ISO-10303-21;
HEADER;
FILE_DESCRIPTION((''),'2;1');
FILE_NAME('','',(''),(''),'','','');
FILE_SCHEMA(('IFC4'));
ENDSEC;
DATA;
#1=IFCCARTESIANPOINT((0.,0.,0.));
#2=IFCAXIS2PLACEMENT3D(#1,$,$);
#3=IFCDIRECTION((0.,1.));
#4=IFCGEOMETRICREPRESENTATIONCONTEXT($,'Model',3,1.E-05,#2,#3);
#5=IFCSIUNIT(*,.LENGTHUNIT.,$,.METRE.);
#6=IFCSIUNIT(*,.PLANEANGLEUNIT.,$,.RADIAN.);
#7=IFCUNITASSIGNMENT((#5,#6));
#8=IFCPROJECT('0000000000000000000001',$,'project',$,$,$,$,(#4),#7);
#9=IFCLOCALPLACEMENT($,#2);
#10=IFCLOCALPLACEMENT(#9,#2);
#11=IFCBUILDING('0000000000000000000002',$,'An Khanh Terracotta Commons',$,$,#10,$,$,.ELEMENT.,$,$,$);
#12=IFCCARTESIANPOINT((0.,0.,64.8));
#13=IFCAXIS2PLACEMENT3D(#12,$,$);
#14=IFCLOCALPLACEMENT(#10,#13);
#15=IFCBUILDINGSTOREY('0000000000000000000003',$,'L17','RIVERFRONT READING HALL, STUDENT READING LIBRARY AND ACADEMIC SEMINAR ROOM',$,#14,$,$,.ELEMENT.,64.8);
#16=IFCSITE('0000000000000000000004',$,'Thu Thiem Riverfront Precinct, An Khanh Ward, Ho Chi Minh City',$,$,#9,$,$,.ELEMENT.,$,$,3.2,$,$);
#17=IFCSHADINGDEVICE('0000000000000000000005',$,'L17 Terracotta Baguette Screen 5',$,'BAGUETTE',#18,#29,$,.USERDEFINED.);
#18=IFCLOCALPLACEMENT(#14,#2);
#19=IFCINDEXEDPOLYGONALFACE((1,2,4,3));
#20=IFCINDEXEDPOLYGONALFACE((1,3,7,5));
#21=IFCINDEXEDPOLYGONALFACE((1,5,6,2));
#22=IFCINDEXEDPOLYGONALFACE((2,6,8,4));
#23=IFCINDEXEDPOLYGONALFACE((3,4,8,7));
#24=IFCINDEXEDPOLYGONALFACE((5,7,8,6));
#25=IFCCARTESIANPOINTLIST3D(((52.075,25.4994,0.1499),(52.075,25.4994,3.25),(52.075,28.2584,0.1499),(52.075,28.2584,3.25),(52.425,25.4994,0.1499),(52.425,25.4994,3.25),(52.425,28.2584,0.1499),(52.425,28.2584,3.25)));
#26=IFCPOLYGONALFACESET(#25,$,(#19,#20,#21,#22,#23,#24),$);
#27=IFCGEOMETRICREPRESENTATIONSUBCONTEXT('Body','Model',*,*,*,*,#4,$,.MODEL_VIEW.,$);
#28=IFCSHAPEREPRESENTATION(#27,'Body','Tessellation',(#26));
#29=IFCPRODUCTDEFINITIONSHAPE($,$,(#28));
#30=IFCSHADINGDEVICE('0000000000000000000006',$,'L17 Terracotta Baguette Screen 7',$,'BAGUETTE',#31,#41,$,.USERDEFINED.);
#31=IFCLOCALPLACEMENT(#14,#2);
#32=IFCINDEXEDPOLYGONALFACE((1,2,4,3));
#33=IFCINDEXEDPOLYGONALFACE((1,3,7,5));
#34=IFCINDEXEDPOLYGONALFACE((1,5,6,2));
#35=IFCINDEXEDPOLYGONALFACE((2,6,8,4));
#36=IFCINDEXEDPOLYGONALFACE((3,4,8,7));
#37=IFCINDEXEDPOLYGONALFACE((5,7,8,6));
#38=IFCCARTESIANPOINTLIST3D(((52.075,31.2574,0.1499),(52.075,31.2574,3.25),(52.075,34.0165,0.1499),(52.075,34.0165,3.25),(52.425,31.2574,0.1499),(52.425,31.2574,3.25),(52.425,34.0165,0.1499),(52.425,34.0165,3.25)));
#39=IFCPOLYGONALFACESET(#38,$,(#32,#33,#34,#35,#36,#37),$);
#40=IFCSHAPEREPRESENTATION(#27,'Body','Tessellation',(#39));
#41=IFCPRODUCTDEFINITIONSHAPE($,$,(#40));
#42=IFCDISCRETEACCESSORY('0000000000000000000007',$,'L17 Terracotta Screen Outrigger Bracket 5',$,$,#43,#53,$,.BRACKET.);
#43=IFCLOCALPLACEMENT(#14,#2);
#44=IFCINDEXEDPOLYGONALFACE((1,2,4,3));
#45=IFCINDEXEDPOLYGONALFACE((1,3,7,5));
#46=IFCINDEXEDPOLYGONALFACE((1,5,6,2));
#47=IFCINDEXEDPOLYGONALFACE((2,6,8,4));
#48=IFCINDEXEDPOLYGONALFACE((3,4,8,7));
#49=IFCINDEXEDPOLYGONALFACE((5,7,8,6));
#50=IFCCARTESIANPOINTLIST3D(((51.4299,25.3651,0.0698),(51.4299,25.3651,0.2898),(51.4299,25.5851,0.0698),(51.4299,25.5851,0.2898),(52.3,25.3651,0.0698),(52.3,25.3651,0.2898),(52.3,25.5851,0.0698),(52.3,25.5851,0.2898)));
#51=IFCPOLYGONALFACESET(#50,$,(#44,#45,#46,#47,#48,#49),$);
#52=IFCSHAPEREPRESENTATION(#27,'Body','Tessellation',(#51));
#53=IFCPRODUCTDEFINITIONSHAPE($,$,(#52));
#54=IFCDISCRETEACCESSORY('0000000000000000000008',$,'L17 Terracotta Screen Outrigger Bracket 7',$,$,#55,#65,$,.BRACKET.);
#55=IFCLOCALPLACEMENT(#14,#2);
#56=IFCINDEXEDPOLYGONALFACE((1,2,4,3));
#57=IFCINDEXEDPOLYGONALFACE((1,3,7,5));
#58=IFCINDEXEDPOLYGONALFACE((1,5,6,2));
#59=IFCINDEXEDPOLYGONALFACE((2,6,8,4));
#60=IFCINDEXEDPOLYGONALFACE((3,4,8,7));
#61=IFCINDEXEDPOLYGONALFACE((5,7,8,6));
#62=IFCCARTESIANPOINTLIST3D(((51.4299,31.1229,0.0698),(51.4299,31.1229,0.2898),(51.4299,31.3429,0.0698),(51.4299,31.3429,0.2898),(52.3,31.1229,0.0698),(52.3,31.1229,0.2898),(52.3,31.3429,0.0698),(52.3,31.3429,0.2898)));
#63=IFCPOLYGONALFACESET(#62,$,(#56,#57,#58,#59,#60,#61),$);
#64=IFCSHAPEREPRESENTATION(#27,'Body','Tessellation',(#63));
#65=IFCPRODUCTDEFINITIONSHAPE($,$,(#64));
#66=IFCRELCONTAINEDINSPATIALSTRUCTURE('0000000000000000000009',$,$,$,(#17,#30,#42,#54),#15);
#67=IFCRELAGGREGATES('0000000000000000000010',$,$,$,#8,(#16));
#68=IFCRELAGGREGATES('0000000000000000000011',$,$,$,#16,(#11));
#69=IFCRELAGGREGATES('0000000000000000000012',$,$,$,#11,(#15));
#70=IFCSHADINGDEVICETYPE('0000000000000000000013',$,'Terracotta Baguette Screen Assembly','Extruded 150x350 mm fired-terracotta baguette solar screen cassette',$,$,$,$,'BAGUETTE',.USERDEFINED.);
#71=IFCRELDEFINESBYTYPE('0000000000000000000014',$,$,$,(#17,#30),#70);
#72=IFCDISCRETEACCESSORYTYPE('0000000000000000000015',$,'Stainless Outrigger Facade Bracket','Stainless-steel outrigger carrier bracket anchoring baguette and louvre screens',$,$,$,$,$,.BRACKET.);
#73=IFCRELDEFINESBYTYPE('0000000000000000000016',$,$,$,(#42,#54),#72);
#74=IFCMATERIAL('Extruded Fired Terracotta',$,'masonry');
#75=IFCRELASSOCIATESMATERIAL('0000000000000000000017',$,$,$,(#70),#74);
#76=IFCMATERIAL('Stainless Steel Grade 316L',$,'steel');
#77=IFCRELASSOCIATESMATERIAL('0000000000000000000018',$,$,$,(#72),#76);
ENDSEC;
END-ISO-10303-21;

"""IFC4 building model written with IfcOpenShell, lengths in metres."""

from ifc_helpers import new_model, si_unit, direction, frame, origin, origin_2d, place, context, subcontext, project, spatial, rectangle, extrude, material, type_object, element, save


model = new_model("IFC4")

# Units and contexts
model_context = context("Model", 3, precision=1e-05, world=origin(), true_north=direction((0.0, 1.0)))
body_context = subcontext(model_context, "Body", "Model", "MODEL_VIEW")
ifc_project = project(units=[si_unit("LENGTHUNIT", "METRE"), si_unit("PLANEANGLEUNIT", "RADIAN")], contexts=[model_context])

# Site, building, storey
site_placement = place(None, origin())
site = spatial("IfcSite", under=ifc_project, at=site_placement, Name="Thu Thiem Riverfront Precinct, An Khanh Ward, Ho Chi Minh City", CompositionType="ELEMENT", RefElevation=3.2)
building_placement = place(site_placement, origin())
building = spatial("IfcBuilding", under=site, at=building_placement, Name="An Khanh Terracotta Commons", CompositionType="ELEMENT")
storey_placement = place(building_placement, frame((0.0, 0.0, 64.8)))
storey = spatial("IfcBuildingStorey", under=building, at=storey_placement, Name="L17", Description="RIVERFRONT READING HALL, STUDENT READING LIBRARY AND ACADEMIC SEMINAR ROOM", CompositionType="ELEMENT", Elevation=64.8)

# Shading devices
ifc_material_1 = material(Name="Extruded Fired Terracotta", Category="masonry")
shading_device_type = type_object("IfcShadingDeviceType", Name="Terracotta Baguette Screen Assembly", Description="Extruded 150x350 mm fired-terracotta baguette solar screen cassette", ElementType="BAGUETTE", PredefinedType="USERDEFINED", material=ifc_material_1)
for number, where, z_axis, x_axis, name in (
    (1, (52.25, 26.8789, 0.1499), (0.0, 0.0, 1.0), (0.0, 1.0, 0.0), "L17 Terracotta Baguette Screen 5"),
    (2, (52.25, 32.637, 0.1499), (0.0, 0.0, 1.0), (0.0, 1.0, 0.0), "L17 Terracotta Baguette Screen 7"),
):
    element("IfcShadingDevice", number, at=place(storey_placement, frame(where, z_axis=z_axis, x_axis=x_axis)), inside=storey, type_object=shading_device_type, Name=name, ObjectType="BAGUETTE", PredefinedType="USERDEFINED", context=body_context, shape_type="SweptSolid", body=[
        extrude(rectangle(XDim=2.759, YDim=0.3501, at=origin_2d()), origin(), (0.0, 0.0, 1.0), 3.1001),
    ])

# Discrete accessories
ifc_material_2 = material(Name="Stainless Steel Grade 316L", Category="steel")
discrete_accessory_type = type_object("IfcDiscreteAccessoryType", Name="Stainless Outrigger Facade Bracket", Description="Stainless-steel outrigger carrier bracket anchoring baguette and louvre screens", PredefinedType="BRACKET", material=ifc_material_2)
for number, where, z_axis, x_axis, name in (
    (3, (51.865, 25.4751, 0.0698), (0.0, 0.0, 1.0), (0.0, 1.0, 0.0), "L17 Terracotta Screen Outrigger Bracket 5"),
    (4, (51.865, 31.2329, 0.0698), (0.0, 0.0, 1.0), (0.0, 1.0, 0.0), "L17 Terracotta Screen Outrigger Bracket 7"),
):
    element("IfcDiscreteAccessory", number, at=place(storey_placement, frame(where, z_axis=z_axis, x_axis=x_axis)), inside=storey, type_object=discrete_accessory_type, Name=name, PredefinedType="BRACKET", context=body_context, shape_type="SweptSolid", body=[
        extrude(rectangle(XDim=0.22, YDim=0.8701, at=origin_2d()), origin(), (0.0, 0.0, 1.0), 0.22),
    ])

save(model, "model.ifc")
